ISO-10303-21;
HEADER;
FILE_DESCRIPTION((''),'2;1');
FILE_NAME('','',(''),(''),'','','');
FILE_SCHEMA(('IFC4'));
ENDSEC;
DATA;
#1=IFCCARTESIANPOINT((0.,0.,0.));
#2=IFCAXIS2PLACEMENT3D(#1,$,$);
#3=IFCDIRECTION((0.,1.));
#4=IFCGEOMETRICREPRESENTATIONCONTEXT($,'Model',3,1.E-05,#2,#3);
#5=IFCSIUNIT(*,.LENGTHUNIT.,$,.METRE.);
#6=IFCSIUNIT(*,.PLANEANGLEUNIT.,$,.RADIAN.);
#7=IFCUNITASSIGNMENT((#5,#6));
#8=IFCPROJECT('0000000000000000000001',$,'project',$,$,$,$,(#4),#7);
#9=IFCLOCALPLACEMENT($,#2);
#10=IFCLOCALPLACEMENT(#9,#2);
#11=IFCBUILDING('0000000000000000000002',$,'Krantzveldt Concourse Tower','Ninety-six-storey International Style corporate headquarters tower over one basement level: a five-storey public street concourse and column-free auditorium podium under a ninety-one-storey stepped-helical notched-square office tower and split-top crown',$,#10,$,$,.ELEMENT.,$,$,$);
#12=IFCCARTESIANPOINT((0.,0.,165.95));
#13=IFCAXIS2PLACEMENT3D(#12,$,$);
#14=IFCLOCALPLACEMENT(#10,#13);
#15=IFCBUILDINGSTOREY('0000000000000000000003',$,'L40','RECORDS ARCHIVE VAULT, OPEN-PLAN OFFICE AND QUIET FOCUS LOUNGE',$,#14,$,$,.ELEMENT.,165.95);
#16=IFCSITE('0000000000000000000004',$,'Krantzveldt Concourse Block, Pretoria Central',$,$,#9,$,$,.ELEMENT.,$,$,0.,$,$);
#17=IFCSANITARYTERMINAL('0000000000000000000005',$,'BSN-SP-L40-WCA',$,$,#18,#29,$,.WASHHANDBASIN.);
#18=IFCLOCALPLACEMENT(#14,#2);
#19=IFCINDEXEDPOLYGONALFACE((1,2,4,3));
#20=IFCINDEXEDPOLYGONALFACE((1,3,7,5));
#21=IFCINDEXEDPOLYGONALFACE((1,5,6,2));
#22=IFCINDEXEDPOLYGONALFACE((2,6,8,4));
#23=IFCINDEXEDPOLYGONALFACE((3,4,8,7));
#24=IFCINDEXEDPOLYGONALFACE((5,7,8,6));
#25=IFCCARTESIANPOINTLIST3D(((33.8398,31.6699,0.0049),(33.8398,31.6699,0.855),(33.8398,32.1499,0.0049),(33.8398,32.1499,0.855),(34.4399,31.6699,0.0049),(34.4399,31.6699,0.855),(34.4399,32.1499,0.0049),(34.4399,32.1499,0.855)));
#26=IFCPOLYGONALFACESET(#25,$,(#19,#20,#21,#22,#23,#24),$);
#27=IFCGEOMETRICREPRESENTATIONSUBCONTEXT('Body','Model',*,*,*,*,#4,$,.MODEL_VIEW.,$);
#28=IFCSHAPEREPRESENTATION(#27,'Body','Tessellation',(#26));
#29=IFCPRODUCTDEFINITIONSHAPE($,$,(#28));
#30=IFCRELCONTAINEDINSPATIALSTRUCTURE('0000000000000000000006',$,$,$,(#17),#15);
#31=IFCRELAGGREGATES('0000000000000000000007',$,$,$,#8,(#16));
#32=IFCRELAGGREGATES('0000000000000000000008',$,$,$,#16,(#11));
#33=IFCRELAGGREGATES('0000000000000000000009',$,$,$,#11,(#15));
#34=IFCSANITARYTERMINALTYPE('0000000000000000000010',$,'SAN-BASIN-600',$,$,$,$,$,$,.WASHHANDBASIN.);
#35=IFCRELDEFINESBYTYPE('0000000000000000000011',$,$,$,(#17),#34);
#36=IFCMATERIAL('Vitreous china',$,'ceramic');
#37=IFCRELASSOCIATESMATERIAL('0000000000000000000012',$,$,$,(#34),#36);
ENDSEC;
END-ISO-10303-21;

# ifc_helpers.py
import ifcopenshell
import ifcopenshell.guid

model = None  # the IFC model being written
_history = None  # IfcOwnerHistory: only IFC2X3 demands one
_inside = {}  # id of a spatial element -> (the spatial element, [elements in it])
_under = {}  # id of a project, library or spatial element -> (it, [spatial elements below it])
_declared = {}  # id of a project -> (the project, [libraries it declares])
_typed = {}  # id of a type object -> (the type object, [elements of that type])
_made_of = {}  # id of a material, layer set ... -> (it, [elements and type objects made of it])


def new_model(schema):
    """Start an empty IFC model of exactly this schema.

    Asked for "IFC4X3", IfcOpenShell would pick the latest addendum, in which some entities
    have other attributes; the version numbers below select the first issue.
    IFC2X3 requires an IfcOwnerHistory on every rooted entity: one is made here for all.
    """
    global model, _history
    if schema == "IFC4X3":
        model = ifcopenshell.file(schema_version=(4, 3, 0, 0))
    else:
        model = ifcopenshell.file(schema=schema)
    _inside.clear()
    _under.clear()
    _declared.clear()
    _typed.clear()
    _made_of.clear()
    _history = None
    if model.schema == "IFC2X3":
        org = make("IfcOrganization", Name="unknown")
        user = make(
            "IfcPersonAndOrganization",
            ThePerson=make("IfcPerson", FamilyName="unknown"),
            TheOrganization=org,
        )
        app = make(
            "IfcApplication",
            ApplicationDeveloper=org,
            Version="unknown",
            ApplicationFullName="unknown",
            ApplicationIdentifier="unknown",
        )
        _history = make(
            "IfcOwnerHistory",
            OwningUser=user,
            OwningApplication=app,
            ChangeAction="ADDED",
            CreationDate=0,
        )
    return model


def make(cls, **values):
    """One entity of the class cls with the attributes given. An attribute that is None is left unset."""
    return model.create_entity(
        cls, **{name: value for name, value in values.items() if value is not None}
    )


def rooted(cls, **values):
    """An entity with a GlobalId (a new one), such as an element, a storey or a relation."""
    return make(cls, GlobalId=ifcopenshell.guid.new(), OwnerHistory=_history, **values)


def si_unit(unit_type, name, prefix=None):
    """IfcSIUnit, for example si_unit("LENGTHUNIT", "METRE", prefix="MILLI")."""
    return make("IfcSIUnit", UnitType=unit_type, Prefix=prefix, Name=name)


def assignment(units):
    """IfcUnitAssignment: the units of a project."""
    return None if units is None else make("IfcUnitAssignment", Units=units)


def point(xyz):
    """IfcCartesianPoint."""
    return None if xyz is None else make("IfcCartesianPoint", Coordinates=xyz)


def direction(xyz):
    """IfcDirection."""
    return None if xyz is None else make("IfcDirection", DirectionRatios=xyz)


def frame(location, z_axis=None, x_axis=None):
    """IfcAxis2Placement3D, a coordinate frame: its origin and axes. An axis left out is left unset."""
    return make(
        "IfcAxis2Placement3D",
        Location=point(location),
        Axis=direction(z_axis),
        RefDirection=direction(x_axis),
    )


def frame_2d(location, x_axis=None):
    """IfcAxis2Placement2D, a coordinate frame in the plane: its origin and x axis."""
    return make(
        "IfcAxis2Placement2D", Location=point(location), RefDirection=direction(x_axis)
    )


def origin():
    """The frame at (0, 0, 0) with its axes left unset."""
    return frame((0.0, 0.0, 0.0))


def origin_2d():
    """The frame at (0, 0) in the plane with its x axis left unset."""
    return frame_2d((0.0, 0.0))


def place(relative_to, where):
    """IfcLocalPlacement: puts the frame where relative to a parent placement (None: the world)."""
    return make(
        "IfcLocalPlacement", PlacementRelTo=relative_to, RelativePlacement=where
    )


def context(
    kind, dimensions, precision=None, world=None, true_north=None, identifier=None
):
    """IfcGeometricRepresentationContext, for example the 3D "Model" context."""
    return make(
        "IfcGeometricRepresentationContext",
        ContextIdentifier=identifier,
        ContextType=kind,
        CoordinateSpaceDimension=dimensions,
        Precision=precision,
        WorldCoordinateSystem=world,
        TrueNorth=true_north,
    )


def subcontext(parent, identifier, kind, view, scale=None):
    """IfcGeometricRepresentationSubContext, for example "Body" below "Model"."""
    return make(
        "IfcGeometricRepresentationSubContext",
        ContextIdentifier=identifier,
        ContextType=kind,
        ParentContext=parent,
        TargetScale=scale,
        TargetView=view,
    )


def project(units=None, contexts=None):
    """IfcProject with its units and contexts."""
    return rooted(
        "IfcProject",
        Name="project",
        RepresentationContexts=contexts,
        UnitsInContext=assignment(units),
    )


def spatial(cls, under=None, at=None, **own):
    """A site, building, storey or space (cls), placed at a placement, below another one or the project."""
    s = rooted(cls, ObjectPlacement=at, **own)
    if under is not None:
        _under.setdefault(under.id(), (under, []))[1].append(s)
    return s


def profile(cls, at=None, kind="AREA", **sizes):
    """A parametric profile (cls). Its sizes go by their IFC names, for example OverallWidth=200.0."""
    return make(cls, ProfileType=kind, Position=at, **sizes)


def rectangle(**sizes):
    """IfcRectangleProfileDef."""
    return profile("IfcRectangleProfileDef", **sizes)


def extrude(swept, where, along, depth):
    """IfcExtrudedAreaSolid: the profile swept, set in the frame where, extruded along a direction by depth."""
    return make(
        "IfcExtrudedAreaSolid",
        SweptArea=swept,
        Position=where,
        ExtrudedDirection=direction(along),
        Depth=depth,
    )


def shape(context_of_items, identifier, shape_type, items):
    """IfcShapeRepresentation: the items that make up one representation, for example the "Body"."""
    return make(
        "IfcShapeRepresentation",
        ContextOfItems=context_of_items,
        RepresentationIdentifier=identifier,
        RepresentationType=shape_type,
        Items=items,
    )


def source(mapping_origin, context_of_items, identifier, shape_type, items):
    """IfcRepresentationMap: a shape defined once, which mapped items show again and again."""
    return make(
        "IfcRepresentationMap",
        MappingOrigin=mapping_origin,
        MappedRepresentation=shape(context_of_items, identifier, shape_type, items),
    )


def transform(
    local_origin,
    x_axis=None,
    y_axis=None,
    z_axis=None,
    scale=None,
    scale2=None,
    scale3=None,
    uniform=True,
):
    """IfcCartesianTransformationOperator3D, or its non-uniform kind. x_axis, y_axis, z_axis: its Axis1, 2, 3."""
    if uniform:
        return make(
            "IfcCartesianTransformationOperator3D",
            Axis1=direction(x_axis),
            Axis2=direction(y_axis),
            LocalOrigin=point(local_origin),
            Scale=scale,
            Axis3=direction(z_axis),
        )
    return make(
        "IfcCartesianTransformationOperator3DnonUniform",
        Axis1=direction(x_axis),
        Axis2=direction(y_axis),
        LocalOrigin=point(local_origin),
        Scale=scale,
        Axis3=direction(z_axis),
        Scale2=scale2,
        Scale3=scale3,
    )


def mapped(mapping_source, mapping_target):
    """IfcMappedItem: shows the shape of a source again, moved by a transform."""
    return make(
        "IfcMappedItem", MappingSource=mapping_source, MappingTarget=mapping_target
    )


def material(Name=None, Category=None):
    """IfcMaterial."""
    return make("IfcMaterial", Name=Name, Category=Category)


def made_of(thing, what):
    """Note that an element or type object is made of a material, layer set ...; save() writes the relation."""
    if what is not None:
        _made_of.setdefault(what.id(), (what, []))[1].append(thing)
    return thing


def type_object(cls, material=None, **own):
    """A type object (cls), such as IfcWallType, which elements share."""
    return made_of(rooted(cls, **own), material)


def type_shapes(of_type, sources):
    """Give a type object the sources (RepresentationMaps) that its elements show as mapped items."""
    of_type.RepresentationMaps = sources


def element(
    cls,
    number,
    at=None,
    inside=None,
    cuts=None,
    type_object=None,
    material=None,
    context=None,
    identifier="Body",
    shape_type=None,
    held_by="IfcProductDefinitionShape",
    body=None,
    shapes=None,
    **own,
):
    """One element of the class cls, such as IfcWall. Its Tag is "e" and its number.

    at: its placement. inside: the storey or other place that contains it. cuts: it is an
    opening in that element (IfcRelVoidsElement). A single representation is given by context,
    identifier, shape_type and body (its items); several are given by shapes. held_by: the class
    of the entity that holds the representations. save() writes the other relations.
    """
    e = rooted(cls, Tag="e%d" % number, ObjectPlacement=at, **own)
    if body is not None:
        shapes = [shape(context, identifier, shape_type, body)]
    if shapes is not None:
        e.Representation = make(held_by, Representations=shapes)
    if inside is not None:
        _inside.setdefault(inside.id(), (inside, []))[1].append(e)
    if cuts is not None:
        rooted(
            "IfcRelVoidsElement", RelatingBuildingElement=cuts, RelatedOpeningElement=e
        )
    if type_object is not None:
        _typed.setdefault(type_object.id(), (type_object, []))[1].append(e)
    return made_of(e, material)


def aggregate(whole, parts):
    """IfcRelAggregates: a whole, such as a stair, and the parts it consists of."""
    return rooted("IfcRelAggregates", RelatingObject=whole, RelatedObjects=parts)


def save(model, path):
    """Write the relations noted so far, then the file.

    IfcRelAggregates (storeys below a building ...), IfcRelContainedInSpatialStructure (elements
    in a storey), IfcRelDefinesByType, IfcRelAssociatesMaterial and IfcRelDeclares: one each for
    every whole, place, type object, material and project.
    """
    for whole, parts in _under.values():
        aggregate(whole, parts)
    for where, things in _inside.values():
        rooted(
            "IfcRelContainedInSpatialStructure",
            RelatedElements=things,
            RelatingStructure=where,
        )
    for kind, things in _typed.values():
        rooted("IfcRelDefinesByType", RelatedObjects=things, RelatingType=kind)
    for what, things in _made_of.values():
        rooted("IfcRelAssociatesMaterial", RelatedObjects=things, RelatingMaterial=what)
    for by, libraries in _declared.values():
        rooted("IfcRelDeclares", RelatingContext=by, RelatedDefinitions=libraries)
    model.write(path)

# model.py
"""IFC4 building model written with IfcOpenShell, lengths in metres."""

from ifc_helpers import new_model, si_unit, direction, frame, origin, origin_2d, place, context, subcontext, project, spatial, rectangle, extrude, source, transform, mapped, material, type_object, type_shapes, element, save


model = new_model("IFC4")

# Units and contexts
model_context = context("Model", 3, precision=1e-05, world=origin(), true_north=direction((0.0, 1.0)))
body_context = subcontext(model_context, "Body", "Model", "MODEL_VIEW")
ifc_project = project(units=[si_unit("LENGTHUNIT", "METRE"), si_unit("PLANEANGLEUNIT", "RADIAN")], contexts=[model_context])

# Site, building, storey
site_placement = place(None, origin())
site = spatial("IfcSite", under=ifc_project, at=site_placement, Name="Krantzveldt Concourse Block, Pretoria Central", CompositionType="ELEMENT", RefElevation=0.0)
building_placement = place(site_placement, origin())
building = spatial("IfcBuilding", under=site, at=building_placement, Name="Krantzveldt Concourse Tower", Description="Ninety-six-storey International Style corporate headquarters tower over one basement level: a five-storey public street concourse and column-free auditorium podium under a ninety-one-storey stepped-helical notched-square office tower and split-top crown", CompositionType="ELEMENT")
storey_placement = place(building_placement, frame((0.0, 0.0, 165.95)))
storey = spatial("IfcBuildingStorey", under=building, at=storey_placement, Name="L40", Description="RECORDS ARCHIVE VAULT, OPEN-PLAN OFFICE AND QUIET FOCUS LOUNGE", CompositionType="ELEMENT", Elevation=165.95)

# Sanitary terminal
ifc_material_1 = material(Name="Vitreous china", Category="ceramic")
sanitary_terminal_type_1 = type_object("IfcSanitaryTerminalType", Name="SAN-BASIN-600", PredefinedType="WASHHANDBASIN", material=ifc_material_1)
shared_shape_1 = source(origin(), body_context, "Body", "SweptSolid", [
    extrude(rectangle(XDim=0.6001, YDim=0.48, at=origin_2d()), origin(), (0.0, 0.0, 1.0), 0.8501),
])
type_shapes(sanitary_terminal_type_1, [shared_shape_1])
sanitary_terminal_1_placement = place(storey_placement, frame((34.1399, 31.9099, 0.0049), z_axis=(0.0, 0.0, 1.0), x_axis=(1.0, 0.0, 0.0)))
element("IfcSanitaryTerminal", 1, at=sanitary_terminal_1_placement, inside=storey, type_object=sanitary_terminal_type_1, Name="BSN-SP-L40-WCA", PredefinedType="WASHHANDBASIN", context=body_context, shape_type="MappedRepresentation", body=[
    mapped(shared_shape_1, transform((0.0, 0.0, 0.0), x_axis=(1.0, 0.0, 0.0), y_axis=(0.0, 1.0, 0.0), z_axis=(0.0, 0.0, 1.0), scale=1.0)),
])

save(model, "model.ifc")
